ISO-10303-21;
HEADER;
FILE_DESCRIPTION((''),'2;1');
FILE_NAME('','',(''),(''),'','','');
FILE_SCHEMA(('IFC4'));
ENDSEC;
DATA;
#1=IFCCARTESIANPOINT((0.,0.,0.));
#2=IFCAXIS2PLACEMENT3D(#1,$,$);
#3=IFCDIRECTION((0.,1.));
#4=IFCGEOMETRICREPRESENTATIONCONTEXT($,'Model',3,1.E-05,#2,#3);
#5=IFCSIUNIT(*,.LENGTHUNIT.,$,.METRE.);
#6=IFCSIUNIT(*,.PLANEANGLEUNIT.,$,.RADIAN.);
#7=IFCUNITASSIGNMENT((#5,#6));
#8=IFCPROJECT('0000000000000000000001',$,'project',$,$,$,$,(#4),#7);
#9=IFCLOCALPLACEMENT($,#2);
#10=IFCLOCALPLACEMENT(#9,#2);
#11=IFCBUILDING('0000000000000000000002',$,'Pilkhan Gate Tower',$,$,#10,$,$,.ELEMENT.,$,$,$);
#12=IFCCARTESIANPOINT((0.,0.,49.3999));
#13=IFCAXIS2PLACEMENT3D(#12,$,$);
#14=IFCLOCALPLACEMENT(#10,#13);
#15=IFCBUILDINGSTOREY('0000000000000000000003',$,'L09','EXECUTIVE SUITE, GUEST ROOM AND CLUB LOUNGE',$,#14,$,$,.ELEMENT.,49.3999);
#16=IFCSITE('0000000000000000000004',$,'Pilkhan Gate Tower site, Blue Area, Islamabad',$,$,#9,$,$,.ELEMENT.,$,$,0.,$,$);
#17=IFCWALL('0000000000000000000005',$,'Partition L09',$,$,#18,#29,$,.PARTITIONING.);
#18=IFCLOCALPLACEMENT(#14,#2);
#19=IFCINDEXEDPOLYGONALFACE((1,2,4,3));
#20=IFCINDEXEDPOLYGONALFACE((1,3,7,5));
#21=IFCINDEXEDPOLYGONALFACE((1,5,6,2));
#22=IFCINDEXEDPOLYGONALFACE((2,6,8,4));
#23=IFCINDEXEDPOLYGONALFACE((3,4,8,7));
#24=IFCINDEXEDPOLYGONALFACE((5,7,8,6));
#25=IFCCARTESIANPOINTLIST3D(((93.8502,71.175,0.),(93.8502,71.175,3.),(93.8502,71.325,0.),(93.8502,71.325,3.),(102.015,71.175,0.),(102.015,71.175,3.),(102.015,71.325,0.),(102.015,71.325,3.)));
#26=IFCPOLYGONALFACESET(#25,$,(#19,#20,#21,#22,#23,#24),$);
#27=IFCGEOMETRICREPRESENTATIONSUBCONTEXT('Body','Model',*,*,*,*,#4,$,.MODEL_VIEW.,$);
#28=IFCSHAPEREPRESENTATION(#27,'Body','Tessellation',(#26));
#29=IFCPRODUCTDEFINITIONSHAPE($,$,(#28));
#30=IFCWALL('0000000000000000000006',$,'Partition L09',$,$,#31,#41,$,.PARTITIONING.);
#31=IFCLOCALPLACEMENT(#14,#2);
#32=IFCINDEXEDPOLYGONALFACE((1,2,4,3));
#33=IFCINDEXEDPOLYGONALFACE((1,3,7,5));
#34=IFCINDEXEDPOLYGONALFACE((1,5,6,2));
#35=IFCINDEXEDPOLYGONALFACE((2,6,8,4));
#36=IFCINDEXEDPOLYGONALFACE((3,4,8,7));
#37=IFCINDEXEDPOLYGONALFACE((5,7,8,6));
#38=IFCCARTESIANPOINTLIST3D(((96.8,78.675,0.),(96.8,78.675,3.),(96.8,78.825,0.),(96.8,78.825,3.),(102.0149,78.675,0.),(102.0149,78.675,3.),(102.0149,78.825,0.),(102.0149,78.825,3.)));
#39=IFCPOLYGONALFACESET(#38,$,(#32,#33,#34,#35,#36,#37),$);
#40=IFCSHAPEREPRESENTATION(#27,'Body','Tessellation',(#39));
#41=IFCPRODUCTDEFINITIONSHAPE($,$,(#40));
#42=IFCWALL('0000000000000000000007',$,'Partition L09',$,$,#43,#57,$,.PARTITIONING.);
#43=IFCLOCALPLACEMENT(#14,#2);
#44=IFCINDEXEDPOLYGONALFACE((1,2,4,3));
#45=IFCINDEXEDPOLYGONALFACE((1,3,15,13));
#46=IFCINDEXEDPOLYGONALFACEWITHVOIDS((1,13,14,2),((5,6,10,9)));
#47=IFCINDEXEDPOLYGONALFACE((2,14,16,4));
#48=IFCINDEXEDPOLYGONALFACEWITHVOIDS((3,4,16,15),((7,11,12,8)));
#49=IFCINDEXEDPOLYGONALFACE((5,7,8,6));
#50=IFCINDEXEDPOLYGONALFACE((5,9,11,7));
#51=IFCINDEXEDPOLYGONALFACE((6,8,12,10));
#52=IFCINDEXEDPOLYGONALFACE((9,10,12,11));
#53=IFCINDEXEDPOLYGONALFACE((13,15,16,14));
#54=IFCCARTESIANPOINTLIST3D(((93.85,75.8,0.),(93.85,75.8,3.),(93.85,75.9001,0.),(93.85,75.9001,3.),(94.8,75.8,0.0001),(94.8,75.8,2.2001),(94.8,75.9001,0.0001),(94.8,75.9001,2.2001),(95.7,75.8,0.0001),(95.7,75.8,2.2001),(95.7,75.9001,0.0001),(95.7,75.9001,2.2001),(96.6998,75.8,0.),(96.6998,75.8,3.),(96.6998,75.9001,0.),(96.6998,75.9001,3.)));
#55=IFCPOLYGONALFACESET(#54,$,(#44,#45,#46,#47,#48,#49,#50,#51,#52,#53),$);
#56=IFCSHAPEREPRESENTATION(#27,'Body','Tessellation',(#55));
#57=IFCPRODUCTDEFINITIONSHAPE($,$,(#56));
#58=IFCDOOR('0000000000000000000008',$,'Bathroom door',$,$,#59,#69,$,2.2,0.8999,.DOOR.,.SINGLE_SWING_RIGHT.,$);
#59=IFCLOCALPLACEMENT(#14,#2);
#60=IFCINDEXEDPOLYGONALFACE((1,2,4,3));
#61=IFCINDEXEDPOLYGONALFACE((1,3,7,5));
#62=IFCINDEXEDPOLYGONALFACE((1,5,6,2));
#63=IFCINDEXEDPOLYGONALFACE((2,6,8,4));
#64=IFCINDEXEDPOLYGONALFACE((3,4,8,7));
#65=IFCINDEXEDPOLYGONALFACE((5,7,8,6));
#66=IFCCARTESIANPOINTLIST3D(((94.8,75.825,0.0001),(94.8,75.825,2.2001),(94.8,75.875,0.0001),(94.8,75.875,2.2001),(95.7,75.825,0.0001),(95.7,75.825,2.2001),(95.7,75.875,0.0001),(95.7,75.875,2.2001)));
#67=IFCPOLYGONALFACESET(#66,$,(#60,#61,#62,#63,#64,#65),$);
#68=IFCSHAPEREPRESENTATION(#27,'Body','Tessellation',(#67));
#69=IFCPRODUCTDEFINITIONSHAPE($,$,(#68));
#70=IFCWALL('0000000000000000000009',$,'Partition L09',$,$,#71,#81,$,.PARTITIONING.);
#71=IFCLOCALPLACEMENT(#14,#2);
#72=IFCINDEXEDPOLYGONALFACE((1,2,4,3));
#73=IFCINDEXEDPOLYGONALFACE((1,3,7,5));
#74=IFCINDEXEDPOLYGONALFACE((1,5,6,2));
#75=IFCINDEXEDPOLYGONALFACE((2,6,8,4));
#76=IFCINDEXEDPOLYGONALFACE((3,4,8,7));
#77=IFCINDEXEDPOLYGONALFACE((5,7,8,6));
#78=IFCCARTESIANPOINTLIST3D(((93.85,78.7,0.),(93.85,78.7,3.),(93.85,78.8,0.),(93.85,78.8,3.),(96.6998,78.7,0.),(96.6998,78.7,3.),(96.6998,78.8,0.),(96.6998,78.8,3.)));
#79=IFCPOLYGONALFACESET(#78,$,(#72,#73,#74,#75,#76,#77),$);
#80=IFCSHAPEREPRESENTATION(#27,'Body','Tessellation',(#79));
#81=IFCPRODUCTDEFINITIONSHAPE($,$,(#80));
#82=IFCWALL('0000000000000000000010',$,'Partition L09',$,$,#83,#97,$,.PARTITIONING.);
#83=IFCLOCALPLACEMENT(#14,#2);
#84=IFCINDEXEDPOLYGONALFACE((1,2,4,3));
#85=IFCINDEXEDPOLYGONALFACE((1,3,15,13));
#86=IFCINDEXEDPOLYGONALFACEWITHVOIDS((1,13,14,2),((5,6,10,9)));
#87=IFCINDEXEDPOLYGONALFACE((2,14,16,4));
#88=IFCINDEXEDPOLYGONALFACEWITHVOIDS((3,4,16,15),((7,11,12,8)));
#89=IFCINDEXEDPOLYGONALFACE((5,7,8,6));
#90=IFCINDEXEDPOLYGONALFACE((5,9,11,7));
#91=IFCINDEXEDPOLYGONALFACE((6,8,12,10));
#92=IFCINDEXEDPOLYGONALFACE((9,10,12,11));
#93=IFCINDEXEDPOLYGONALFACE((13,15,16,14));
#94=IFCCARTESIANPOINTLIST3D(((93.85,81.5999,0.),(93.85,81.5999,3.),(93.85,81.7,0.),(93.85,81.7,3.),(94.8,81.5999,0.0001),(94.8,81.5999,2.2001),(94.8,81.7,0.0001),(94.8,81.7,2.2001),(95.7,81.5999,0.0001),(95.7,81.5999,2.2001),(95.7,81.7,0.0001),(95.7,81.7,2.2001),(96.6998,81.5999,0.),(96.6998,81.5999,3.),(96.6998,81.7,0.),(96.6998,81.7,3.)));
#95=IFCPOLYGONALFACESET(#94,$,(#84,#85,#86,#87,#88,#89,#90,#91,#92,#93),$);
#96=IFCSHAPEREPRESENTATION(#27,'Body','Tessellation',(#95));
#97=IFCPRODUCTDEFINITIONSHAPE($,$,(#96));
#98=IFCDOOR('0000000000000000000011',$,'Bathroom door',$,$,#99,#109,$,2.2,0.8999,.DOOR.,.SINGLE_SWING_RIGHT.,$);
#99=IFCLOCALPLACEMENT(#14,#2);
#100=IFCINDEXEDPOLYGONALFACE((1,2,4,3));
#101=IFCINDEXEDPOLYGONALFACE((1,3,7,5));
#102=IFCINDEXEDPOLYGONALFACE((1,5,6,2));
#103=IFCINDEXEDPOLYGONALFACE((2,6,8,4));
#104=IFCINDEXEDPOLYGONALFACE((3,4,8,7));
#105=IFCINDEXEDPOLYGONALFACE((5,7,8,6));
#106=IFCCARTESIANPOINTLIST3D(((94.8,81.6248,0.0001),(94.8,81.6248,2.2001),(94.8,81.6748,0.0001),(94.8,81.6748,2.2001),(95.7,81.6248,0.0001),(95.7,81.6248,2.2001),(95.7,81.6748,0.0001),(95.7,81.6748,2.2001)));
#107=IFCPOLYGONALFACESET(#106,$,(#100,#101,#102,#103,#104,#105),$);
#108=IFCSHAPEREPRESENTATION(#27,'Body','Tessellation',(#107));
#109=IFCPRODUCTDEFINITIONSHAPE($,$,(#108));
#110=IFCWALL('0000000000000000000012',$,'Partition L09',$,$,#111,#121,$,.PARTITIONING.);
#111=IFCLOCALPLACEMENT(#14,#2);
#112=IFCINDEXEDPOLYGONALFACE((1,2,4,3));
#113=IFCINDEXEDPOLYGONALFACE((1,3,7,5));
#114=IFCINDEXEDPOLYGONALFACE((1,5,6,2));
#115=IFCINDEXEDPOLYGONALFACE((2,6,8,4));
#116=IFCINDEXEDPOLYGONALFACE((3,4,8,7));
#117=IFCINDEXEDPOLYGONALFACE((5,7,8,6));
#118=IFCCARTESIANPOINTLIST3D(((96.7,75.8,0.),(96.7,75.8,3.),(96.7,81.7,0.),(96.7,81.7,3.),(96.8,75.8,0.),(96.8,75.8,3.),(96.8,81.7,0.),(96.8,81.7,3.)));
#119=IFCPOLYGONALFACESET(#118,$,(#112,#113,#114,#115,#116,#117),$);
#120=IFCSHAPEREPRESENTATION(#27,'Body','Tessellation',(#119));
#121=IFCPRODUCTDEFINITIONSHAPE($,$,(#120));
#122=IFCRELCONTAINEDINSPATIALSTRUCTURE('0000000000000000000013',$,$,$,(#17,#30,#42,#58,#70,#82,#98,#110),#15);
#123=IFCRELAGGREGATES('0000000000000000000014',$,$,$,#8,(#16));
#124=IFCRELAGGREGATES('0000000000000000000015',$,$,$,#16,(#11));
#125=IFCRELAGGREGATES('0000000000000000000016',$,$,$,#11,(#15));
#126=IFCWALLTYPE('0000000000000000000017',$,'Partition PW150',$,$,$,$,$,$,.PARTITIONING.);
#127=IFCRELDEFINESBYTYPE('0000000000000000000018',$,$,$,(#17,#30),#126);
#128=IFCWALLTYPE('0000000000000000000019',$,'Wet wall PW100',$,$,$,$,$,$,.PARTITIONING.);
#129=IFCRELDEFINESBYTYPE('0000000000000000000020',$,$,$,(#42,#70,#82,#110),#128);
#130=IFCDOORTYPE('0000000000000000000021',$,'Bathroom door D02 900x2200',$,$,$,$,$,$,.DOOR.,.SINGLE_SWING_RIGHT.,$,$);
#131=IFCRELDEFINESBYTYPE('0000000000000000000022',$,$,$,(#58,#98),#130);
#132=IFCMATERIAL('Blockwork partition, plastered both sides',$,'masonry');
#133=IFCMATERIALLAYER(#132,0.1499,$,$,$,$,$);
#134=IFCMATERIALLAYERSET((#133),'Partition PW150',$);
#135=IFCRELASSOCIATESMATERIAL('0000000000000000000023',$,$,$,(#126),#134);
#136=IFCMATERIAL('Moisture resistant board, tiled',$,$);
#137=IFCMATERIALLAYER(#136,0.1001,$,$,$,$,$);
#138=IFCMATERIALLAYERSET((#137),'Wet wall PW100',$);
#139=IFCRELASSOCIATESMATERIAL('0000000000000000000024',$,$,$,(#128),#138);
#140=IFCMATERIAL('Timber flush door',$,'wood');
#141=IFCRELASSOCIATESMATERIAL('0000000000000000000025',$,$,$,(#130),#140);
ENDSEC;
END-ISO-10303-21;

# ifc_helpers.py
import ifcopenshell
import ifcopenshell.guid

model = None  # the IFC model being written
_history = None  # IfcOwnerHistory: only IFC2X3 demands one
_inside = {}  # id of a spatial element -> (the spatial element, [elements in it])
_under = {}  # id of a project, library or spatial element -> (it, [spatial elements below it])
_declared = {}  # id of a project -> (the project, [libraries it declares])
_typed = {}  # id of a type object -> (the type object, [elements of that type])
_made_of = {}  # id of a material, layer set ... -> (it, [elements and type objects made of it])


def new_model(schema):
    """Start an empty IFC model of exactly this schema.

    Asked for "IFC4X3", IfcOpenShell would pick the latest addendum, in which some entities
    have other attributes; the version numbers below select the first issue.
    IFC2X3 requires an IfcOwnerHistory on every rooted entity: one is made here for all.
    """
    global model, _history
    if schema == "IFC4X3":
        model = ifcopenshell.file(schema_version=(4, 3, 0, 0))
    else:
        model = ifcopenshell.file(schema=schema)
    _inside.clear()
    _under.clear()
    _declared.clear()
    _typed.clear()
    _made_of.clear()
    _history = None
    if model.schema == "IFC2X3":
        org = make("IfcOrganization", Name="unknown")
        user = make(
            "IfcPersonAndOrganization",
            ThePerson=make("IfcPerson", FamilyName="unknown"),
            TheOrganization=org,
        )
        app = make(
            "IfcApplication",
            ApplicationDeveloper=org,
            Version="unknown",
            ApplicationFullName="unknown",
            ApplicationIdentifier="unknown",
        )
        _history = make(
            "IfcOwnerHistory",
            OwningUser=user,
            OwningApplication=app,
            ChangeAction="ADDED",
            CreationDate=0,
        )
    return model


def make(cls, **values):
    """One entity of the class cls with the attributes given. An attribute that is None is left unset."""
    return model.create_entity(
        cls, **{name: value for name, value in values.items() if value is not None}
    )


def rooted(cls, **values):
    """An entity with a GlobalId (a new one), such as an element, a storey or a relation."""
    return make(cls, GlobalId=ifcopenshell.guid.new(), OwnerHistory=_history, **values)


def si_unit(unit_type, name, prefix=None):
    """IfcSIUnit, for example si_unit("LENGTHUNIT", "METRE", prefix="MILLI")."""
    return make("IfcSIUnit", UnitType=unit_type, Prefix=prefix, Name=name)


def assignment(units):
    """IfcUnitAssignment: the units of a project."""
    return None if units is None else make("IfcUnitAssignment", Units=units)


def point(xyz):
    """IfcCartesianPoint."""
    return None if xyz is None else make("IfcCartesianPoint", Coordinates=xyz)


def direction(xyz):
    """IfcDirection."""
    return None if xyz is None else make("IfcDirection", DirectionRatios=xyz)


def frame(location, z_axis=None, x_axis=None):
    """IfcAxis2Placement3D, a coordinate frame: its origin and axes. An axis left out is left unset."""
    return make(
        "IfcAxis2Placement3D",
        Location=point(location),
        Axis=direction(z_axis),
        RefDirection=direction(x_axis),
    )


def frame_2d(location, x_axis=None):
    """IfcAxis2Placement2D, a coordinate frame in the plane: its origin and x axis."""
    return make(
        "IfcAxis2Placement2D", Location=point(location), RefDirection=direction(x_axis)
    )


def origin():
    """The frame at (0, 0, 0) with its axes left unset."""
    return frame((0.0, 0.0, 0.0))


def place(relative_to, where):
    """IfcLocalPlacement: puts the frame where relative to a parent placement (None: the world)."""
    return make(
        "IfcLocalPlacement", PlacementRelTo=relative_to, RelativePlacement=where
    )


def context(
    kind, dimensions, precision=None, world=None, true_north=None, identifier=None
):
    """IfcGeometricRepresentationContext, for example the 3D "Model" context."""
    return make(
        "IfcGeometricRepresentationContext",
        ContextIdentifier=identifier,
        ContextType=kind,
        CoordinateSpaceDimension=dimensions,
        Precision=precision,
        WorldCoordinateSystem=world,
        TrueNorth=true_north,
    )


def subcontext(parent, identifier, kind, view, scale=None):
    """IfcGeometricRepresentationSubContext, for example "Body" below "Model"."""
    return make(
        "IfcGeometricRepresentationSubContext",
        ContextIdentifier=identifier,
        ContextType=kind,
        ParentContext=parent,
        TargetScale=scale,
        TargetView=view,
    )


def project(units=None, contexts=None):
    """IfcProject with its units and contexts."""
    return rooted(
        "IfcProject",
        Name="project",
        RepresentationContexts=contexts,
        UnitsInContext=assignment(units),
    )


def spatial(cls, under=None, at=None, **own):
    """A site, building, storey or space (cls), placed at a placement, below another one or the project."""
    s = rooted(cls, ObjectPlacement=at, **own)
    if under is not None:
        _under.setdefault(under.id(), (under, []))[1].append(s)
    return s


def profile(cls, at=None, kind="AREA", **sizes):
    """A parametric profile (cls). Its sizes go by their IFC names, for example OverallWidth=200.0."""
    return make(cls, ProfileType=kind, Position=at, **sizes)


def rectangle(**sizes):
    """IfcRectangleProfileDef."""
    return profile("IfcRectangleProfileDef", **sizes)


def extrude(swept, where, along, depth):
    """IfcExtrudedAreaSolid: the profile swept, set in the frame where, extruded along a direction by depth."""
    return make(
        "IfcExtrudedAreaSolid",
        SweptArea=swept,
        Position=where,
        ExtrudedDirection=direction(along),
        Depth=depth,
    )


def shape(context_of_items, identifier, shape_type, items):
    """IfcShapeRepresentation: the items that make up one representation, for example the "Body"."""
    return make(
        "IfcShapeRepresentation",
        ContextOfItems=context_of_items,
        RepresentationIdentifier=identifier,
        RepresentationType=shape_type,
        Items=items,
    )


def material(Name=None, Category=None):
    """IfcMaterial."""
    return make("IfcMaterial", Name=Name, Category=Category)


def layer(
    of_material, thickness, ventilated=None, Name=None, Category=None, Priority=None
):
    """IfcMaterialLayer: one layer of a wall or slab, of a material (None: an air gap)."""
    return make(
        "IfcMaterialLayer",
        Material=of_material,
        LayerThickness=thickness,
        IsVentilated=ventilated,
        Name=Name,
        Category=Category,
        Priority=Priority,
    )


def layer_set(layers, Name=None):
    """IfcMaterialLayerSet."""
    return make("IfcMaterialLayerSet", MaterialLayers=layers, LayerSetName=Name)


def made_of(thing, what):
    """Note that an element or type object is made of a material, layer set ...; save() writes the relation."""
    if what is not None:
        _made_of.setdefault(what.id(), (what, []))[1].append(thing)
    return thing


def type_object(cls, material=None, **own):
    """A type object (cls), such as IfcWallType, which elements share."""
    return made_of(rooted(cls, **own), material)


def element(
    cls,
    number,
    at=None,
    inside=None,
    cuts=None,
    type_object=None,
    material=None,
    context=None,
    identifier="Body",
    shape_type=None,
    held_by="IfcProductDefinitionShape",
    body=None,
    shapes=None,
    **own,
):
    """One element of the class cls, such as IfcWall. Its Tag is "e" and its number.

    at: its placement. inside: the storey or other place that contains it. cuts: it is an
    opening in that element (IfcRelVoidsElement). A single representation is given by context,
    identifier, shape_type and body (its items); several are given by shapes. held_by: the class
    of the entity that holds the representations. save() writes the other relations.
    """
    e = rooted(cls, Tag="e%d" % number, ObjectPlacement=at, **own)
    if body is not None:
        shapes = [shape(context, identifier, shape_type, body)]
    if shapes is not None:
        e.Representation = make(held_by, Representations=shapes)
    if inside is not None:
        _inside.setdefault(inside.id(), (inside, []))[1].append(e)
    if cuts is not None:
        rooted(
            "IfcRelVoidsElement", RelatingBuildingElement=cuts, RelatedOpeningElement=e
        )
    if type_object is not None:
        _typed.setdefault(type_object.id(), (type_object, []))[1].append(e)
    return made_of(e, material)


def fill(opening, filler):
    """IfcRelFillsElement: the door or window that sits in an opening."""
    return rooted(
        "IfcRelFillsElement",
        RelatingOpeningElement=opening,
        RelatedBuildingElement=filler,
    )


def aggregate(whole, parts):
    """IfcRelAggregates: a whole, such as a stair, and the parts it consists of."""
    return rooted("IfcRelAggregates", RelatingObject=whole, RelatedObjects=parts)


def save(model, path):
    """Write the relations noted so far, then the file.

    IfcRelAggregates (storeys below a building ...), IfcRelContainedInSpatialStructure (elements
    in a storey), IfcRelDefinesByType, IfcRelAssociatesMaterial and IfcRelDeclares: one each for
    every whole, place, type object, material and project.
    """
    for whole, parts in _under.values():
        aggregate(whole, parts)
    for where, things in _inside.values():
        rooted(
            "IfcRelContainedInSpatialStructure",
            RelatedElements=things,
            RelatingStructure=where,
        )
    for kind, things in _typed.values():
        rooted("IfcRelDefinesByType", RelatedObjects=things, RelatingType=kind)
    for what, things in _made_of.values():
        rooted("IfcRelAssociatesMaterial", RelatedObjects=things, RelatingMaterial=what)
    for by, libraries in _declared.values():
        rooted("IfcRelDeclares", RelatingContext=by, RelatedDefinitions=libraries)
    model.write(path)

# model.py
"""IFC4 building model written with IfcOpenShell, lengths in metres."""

from ifc_helpers import new_model, si_unit, direction, frame, frame_2d, origin, place, context, subcontext, project, spatial, rectangle, extrude, material, layer, layer_set, type_object, element, fill, save


model = new_model("IFC4")

# Units and contexts
model_context = context("Model", 3, precision=1e-05, world=origin(), true_north=direction((0.0, 1.0)))
body_context = subcontext(model_context, "Body", "Model", "MODEL_VIEW")
ifc_project = project(units=[si_unit("LENGTHUNIT", "METRE"), si_unit("PLANEANGLEUNIT", "RADIAN")], contexts=[model_context])

# Site, building, storey
site_placement = place(None, origin())
site = spatial("IfcSite", under=ifc_project, at=site_placement, Name="Pilkhan Gate Tower site, Blue Area, Islamabad", CompositionType="ELEMENT", RefElevation=0.0)
building_placement = place(site_placement, origin())
building = spatial("IfcBuilding", under=site, at=building_placement, Name="Pilkhan Gate Tower", CompositionType="ELEMENT")
storey_placement = place(building_placement, frame((0.0, 0.0, 49.3999)))
storey = spatial("IfcBuildingStorey", under=building, at=storey_placement, Name="L09", Description="EXECUTIVE SUITE, GUEST ROOM AND CLUB LOUNGE", CompositionType="ELEMENT", Elevation=49.3999)

# Walls
ifc_material_1 = material(Name="Blockwork partition, plastered both sides", Category="masonry")
ifc_layer_1 = layer(ifc_material_1, 0.1499)
ifc_layer_set_1 = layer_set([ifc_layer_1], Name="Partition PW150")
wall_type_1 = type_object("IfcWallType", Name="Partition PW150", PredefinedType="PARTITIONING", material=ifc_layer_set_1)
wall_1_placement = place(storey_placement, frame((93.8501, 71.25, 0.0), z_axis=(0.0, 0.0, 1.0), x_axis=(1.0, 0.0, 0.0)))
element("IfcWall", 1, at=wall_1_placement, inside=storey, type_object=wall_type_1, Name="Partition L09", PredefinedType="PARTITIONING", context=body_context, shape_type="SweptSolid", body=[
    extrude(rectangle(XDim=8.1648, YDim=0.1499, at=frame_2d((4.0825, 0.0))), origin(), (0.0, 0.0, 1.0), 3.0),
])
wall_2_placement = place(storey_placement, frame((96.8, 78.75, 0.0), z_axis=(0.0, 0.0, 1.0), x_axis=(1.0, 0.0, 0.0)))
element("IfcWall", 2, at=wall_2_placement, inside=storey, type_object=wall_type_1, Name="Partition L09", PredefinedType="PARTITIONING", context=body_context, shape_type="SweptSolid", body=[
    extrude(rectangle(XDim=5.2148, YDim=0.1499, at=frame_2d((2.6074, 0.0))), origin(), (0.0, 0.0, 1.0), 3.0),
])

# Wall, opening, door
ifc_material_2 = material(Name="Moisture resistant board, tiled")
ifc_layer_2 = layer(ifc_material_2, 0.1001)
ifc_layer_set_2 = layer_set([ifc_layer_2], Name="Wet wall PW100")
wall_type_2 = type_object("IfcWallType", Name="Wet wall PW100", PredefinedType="PARTITIONING", material=ifc_layer_set_2)
wall_3_placement = place(storey_placement, frame((93.8501, 75.8501, 0.0), z_axis=(0.0, 0.0, 1.0), x_axis=(1.0, 0.0, 0.0)))
wall_3 = element("IfcWall", 3, at=wall_3_placement, inside=storey, type_object=wall_type_2, Name="Partition L09", PredefinedType="PARTITIONING", context=body_context, shape_type="SweptSolid", body=[
    extrude(rectangle(XDim=2.8499, YDim=0.1001, at=frame_2d((1.4248, 0.0))), origin(), (0.0, 0.0, 1.0), 3.0),
])
opening_1_placement = place(wall_3_placement, frame((0.95, 0.0, 0.0)))
opening_1 = element("IfcOpeningElement", 4, at=opening_1_placement, cuts=wall_3, PredefinedType="OPENING", context=body_context, shape_type="SweptSolid", body=[
    extrude(rectangle(XDim=0.8999, YDim=2.2, at=frame_2d((0.45, 1.1001))), frame((0.0, 0.0601, 0.0), z_axis=(0.0, -1.0, 0.0), x_axis=(1.0, 0.0, 0.0)), (0.0, 0.0, 1.0), 0.1201),
])
ifc_material_3 = material(Name="Timber flush door", Category="wood")
door_type_1 = type_object("IfcDoorType", Name="Bathroom door D02 900x2200", OperationType="SINGLE_SWING_RIGHT", PredefinedType="DOOR", material=ifc_material_3)
door_1_placement = place(opening_1_placement, origin())
door_1 = element("IfcDoor", 5, at=door_1_placement, inside=storey, type_object=door_type_1, Name="Bathroom door", OperationType="SINGLE_SWING_RIGHT", OverallHeight=2.2, OverallWidth=0.8999, PredefinedType="DOOR", context=body_context, shape_type="SweptSolid", body=[
    extrude(rectangle(XDim=0.8999, YDim=2.2, at=frame_2d((0.45, 1.1001))), frame((0.0, 0.0249, 0.0), z_axis=(0.0, -1.0, 0.0), x_axis=(1.0, 0.0, 0.0)), (0.0, 0.0, 1.0), 0.05),
])
fill(opening_1, door_1)

# Wall
wall_4_placement = place(storey_placement, frame((93.8501, 78.75, 0.0), z_axis=(0.0, 0.0, 1.0), x_axis=(1.0, 0.0, 0.0)))
element("IfcWall", 6, at=wall_4_placement, inside=storey, type_object=wall_type_2, Name="Partition L09", PredefinedType="PARTITIONING", context=body_context, shape_type="SweptSolid", body=[
    extrude(rectangle(XDim=2.8499, YDim=0.1001, at=frame_2d((1.4248, 0.0))), origin(), (0.0, 0.0, 1.0), 3.0),
])

# Wall, opening, door
wall_5_placement = place(storey_placement, frame((93.8501, 81.6499, 0.0), z_axis=(0.0, 0.0, 1.0), x_axis=(1.0, 0.0, 0.0)))
wall_5 = element("IfcWall", 7, at=wall_5_placement, inside=storey, type_object=wall_type_2, Name="Partition L09", PredefinedType="PARTITIONING", context=body_context, shape_type="SweptSolid", body=[
    extrude(rectangle(XDim=2.8499, YDim=0.1001, at=frame_2d((1.4248, 0.0))), origin(), (0.0, 0.0, 1.0), 3.0),
])
opening_2_placement = place(wall_5_placement, frame((0.95, 0.0, 0.0)))
opening_2 = element("IfcOpeningElement", 8, at=opening_2_placement, cuts=wall_5, PredefinedType="OPENING", context=body_context, shape_type="SweptSolid", body=[
    extrude(rectangle(XDim=0.8999, YDim=2.2, at=frame_2d((0.45, 1.1001))), frame((0.0, 0.0601, 0.0), z_axis=(0.0, -1.0, 0.0), x_axis=(1.0, 0.0, 0.0)), (0.0, 0.0, 1.0), 0.1201),
])
door_2_placement = place(opening_2_placement, origin())
door_2 = element("IfcDoor", 9, at=door_2_placement, inside=storey, type_object=door_type_1, Name="Bathroom door", OperationType="SINGLE_SWING_RIGHT", OverallHeight=2.2, OverallWidth=0.8999, PredefinedType="DOOR", context=body_context, shape_type="SweptSolid", body=[
    extrude(rectangle(XDim=0.8999, YDim=2.2, at=frame_2d((0.45, 1.1001))), frame((0.0, 0.0249, 0.0), z_axis=(0.0, -1.0, 0.0), x_axis=(1.0, 0.0, 0.0)), (0.0, 0.0, 1.0), 0.05),
])
fill(opening_2, door_2)

# Wall
wall_6_placement = place(storey_placement, frame((96.75, 75.8, 0.0), z_axis=(0.0, 0.0, 1.0), x_axis=(0.0, 1.0, 0.0)))
element("IfcWall", 10, at=wall_6_placement, inside=storey, type_object=wall_type_2, Name="Partition L09", PredefinedType="PARTITIONING", context=body_context, shape_type="SweptSolid", body=[
    extrude(rectangle(XDim=5.8999, YDim=0.1001, at=frame_2d((2.95, 0.0))), origin(), (0.0, 0.0, 1.0), 3.0),
])

save(model, "model.ifc")
